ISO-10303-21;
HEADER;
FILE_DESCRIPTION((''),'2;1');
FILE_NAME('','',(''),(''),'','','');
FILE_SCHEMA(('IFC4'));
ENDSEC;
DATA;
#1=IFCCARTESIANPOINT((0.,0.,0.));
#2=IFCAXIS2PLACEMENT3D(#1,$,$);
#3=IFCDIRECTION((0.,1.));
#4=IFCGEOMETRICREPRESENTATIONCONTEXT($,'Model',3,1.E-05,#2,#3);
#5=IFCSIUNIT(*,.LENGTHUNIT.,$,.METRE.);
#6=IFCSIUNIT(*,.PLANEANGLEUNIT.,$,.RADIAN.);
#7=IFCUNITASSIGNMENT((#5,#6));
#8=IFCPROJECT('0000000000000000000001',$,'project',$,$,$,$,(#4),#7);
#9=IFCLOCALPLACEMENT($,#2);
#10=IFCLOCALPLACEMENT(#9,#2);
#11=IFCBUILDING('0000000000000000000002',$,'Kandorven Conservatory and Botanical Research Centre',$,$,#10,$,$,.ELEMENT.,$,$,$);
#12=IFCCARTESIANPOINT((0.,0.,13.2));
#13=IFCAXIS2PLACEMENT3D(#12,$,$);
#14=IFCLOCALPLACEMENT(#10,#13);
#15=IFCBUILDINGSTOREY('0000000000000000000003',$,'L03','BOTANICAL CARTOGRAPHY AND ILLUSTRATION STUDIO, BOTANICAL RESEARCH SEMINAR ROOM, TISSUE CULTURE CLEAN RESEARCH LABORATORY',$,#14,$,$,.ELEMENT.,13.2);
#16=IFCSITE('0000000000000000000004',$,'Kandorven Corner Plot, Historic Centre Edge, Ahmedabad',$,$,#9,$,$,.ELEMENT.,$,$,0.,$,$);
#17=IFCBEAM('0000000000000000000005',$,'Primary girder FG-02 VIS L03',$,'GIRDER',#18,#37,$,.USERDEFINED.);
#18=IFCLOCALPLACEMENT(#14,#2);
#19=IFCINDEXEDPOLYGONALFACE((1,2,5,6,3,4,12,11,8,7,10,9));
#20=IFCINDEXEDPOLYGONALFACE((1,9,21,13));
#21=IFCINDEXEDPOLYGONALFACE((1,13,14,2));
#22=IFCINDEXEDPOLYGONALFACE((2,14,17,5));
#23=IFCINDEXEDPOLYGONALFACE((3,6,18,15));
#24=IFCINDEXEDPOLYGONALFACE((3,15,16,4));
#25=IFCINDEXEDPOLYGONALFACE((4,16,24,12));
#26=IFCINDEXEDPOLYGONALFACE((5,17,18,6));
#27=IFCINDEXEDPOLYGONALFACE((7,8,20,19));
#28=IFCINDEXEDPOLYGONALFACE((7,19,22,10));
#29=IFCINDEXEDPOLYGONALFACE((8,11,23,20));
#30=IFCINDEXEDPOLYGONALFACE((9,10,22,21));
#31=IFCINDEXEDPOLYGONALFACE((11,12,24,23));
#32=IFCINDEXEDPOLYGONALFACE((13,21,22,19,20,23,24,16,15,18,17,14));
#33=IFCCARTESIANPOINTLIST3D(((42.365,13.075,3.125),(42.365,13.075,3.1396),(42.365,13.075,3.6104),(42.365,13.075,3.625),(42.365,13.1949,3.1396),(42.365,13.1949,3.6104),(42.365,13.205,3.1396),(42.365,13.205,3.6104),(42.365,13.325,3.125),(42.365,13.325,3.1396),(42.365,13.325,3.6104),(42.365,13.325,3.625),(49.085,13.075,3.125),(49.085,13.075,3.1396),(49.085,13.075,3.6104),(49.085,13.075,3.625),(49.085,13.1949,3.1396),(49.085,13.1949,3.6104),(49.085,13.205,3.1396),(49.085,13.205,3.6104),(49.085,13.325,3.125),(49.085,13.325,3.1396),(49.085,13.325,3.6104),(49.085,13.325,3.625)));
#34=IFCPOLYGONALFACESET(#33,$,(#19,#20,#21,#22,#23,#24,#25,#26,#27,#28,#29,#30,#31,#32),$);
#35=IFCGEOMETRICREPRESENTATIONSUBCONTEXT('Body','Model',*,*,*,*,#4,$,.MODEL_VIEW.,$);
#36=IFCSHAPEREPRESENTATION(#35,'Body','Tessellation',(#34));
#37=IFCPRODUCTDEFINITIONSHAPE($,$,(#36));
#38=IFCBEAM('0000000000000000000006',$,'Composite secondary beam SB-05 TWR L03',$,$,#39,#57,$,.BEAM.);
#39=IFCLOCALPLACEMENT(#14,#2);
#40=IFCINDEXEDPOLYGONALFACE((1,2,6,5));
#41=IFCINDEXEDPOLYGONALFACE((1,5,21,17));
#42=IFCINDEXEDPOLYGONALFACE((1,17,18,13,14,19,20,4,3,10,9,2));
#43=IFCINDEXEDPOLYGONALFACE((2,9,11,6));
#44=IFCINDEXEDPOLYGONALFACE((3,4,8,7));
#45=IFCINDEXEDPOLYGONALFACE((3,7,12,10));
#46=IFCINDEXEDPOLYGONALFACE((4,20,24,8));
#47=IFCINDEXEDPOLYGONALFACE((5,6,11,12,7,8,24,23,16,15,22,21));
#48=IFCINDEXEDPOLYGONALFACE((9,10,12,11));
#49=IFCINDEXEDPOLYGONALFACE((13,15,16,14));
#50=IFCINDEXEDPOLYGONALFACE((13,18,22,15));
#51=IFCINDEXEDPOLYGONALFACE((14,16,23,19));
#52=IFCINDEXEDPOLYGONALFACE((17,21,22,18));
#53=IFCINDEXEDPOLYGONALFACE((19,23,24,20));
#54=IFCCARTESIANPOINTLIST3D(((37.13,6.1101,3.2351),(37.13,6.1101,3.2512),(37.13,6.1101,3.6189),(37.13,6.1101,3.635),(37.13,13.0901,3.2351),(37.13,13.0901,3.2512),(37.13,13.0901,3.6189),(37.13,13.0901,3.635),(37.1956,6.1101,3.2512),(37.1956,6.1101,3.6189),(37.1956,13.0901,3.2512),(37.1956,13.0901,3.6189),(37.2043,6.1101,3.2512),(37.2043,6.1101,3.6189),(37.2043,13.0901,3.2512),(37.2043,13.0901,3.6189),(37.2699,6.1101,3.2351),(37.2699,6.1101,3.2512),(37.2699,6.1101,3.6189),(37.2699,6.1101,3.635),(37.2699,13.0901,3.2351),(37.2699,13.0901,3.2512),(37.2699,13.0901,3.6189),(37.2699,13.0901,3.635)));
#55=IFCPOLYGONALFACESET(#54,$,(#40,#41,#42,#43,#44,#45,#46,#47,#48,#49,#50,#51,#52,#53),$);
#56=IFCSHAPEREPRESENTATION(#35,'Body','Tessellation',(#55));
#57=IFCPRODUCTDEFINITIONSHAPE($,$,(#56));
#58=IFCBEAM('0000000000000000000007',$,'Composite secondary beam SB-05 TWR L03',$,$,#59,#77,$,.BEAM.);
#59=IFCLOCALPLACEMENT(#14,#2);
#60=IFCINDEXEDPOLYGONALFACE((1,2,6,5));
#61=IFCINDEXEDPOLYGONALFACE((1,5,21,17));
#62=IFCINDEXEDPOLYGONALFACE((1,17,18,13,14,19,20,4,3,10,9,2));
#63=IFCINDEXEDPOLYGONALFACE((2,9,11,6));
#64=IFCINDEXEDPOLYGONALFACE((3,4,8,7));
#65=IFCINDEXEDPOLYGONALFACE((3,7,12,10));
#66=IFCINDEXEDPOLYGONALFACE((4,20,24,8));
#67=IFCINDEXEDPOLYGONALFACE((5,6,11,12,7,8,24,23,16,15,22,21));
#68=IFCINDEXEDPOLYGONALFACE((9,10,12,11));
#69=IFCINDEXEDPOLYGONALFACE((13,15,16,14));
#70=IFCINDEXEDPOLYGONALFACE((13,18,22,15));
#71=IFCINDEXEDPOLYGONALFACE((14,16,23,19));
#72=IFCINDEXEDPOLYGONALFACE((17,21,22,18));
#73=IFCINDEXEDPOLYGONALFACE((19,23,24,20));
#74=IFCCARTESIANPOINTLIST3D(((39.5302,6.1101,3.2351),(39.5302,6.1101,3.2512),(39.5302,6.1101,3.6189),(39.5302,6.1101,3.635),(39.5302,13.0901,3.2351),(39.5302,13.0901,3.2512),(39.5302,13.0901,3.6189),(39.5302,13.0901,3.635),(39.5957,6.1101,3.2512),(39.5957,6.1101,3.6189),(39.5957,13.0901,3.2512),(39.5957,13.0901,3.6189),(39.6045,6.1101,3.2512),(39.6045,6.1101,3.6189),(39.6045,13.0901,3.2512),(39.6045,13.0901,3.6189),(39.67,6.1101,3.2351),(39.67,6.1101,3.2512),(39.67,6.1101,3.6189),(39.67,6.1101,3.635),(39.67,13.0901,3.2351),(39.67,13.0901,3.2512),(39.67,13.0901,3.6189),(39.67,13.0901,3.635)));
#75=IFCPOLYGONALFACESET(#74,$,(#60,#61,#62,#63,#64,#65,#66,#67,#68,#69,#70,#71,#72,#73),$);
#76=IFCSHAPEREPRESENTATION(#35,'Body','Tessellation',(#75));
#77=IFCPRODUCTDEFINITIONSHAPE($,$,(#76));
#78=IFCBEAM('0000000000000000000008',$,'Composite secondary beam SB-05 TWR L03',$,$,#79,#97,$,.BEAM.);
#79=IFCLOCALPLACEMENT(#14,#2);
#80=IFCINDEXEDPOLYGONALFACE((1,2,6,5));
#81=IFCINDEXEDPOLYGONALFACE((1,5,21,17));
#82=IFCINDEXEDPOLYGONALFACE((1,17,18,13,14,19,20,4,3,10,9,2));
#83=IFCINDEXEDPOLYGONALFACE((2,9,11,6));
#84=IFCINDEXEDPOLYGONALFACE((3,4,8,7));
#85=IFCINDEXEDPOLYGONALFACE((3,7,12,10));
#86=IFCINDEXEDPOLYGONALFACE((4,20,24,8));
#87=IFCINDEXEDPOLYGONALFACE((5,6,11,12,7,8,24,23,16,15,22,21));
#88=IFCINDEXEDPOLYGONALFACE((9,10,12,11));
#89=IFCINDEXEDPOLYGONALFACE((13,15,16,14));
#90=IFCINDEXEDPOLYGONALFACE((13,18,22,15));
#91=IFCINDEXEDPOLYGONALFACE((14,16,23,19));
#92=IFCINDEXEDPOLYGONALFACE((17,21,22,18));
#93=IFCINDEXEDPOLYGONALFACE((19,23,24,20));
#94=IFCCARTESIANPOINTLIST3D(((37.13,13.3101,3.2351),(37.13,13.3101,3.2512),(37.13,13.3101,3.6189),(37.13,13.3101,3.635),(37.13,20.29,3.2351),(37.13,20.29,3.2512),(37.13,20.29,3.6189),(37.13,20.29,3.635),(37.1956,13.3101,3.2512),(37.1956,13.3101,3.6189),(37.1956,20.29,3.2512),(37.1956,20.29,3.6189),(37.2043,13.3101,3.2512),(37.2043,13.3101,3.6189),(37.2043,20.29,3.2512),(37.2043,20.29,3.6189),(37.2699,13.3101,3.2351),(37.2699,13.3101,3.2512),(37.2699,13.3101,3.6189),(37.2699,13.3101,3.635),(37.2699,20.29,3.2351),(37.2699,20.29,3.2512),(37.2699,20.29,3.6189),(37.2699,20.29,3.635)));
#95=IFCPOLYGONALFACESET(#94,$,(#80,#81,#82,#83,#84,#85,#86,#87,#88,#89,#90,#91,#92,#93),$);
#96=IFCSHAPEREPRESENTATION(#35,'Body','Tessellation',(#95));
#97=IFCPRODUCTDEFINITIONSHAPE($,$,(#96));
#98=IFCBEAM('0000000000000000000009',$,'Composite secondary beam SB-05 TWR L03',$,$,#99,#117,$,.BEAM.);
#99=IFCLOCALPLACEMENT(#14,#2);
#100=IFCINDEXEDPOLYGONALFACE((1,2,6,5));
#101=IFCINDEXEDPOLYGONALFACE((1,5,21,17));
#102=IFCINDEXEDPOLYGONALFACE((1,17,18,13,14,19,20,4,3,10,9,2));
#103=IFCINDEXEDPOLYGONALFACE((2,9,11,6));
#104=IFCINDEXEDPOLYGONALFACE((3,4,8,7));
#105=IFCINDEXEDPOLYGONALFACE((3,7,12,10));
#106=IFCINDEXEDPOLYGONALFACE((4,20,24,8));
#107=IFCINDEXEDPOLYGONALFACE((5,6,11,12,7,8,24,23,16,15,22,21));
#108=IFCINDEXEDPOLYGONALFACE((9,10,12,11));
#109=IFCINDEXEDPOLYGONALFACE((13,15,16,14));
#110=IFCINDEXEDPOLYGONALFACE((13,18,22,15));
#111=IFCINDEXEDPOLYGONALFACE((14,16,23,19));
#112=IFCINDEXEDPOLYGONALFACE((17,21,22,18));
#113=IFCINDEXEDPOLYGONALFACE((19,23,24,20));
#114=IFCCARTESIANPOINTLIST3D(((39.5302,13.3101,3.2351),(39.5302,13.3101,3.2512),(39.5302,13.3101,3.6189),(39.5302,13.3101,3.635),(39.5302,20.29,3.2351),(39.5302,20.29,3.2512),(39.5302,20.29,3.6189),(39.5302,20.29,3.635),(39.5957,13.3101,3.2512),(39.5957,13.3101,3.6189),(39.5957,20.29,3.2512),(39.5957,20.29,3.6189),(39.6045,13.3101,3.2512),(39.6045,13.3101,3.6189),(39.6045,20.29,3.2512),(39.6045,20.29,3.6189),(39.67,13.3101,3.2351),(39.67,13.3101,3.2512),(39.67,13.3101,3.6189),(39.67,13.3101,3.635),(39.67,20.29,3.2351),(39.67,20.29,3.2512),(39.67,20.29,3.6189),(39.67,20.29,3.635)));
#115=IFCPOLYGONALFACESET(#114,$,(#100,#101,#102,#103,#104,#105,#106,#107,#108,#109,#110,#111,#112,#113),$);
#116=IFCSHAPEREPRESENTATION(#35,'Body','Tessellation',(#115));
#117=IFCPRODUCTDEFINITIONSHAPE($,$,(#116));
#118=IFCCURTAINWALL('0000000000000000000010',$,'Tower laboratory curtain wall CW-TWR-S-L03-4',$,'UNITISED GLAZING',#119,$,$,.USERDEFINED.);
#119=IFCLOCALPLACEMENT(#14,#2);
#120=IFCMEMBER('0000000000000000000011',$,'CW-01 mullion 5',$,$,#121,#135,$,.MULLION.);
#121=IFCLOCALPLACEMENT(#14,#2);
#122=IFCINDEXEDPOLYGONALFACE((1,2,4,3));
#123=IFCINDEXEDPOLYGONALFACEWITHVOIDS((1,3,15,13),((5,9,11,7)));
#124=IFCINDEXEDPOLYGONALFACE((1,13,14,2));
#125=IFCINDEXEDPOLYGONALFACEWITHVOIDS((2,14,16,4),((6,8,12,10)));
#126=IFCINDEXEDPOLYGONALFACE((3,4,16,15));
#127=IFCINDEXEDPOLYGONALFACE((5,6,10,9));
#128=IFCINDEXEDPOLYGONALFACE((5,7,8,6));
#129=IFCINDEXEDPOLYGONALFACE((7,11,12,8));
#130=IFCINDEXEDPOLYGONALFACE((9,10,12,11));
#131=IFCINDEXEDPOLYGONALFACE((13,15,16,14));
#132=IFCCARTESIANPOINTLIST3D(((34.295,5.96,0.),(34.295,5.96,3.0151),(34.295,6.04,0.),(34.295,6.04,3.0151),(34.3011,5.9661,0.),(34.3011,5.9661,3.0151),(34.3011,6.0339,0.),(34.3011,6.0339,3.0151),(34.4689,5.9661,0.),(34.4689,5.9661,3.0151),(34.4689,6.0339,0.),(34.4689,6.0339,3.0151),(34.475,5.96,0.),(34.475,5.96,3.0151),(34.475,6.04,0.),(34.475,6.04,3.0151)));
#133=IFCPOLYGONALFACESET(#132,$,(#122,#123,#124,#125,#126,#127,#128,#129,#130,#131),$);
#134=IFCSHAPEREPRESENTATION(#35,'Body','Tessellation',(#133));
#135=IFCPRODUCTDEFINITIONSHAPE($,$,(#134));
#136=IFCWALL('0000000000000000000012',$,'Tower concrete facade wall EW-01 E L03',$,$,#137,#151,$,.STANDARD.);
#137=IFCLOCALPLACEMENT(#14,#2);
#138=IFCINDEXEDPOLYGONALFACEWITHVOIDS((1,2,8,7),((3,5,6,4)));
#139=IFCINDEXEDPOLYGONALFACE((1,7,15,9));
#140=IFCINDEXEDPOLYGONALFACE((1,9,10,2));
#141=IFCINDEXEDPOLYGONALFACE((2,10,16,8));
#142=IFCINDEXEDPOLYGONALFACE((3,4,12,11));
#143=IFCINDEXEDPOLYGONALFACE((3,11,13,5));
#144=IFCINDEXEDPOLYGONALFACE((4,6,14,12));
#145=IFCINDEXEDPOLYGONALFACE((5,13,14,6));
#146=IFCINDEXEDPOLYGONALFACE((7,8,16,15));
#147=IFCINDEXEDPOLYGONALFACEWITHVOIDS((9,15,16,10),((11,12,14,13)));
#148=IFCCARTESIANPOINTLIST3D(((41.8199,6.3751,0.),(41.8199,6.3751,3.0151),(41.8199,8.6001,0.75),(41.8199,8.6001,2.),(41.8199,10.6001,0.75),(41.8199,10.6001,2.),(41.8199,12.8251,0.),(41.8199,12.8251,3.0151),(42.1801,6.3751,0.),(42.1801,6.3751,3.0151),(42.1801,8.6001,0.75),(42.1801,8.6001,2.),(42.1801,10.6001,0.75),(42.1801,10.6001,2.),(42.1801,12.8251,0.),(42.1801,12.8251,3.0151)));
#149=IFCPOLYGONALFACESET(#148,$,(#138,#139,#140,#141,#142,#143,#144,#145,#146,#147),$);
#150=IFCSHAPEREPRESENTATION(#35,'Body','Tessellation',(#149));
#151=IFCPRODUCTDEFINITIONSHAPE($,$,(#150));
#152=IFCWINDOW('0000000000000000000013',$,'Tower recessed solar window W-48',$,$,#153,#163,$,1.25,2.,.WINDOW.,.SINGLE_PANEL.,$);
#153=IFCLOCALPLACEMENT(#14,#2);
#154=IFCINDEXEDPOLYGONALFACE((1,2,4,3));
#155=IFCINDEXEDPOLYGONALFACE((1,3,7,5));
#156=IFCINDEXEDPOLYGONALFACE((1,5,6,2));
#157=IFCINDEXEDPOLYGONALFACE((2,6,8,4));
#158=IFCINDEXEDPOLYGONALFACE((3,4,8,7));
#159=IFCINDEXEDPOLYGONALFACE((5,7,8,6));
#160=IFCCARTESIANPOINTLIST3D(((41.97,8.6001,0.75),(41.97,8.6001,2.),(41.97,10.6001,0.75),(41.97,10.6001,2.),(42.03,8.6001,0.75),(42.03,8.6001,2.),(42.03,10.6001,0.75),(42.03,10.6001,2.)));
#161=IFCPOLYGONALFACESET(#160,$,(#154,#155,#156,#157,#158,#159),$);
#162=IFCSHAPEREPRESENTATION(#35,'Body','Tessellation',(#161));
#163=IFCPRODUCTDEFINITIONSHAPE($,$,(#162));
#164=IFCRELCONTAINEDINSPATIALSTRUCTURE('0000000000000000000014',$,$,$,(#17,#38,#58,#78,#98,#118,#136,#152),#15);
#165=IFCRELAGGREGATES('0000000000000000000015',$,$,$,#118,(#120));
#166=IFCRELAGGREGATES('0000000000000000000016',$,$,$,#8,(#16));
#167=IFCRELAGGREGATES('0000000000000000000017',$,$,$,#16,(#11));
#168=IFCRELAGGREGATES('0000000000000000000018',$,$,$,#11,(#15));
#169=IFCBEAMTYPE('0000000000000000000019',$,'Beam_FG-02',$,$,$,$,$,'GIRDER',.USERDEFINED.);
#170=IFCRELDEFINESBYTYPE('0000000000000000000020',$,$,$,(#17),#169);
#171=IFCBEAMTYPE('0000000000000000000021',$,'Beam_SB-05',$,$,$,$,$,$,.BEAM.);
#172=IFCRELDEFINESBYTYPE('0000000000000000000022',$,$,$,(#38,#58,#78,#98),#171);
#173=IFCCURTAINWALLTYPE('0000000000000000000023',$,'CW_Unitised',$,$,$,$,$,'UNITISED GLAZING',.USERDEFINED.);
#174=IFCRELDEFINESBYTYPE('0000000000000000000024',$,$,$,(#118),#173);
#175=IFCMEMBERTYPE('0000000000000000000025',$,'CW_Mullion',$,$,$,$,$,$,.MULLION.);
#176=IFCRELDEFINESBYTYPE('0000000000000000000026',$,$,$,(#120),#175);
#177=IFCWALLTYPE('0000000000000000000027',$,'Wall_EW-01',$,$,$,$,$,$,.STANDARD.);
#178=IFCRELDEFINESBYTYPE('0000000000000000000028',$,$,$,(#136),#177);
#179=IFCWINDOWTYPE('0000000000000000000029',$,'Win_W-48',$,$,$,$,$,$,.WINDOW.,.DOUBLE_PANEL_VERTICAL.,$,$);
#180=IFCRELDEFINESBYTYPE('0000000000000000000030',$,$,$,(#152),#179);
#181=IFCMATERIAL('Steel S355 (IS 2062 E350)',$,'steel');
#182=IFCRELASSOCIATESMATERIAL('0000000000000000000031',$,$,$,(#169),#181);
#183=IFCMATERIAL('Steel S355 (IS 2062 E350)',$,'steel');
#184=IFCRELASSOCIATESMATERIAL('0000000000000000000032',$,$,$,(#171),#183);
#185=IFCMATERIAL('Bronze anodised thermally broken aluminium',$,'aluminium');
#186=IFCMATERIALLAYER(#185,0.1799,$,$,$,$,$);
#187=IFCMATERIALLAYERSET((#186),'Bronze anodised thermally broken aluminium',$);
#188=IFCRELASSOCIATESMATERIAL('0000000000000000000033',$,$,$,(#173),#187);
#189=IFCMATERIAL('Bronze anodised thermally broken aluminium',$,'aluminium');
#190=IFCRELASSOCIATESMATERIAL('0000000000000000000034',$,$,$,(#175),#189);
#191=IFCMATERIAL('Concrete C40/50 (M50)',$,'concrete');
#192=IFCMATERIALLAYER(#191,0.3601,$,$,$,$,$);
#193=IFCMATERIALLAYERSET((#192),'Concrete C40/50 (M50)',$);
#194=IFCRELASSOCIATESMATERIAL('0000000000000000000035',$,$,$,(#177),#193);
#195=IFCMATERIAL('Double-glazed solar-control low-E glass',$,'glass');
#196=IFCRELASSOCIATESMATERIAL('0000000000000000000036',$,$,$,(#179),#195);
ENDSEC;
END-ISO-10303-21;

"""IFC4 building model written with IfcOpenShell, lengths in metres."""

from ifc_helpers import new_model, si_unit, direction, frame, frame_2d, origin, origin_2d, place, context, subcontext, project, spatial, rectangle, hollow_rectangle, i_section, extrude, material, layer, layer_set, material_profile, profile_set, type_object, element, fill, aggregate, save


model = new_model("IFC4")

# Units and contexts
model_context = context("Model", 3, precision=1e-05, world=origin(), true_north=direction((0.0, 1.0)))
body_context = subcontext(model_context, "Body", "Model", "MODEL_VIEW")
ifc_project = project(units=[si_unit("LENGTHUNIT", "METRE"), si_unit("PLANEANGLEUNIT", "RADIAN")], contexts=[model_context])

# Site, building, storey
site_placement = place(None, origin())
site = spatial("IfcSite", under=ifc_project, at=site_placement, Name="Kandorven Corner Plot, Historic Centre Edge, Ahmedabad", CompositionType="ELEMENT", RefElevation=0.0)
building_placement = place(site_placement, origin())
building = spatial("IfcBuilding", under=site, at=building_placement, Name="Kandorven Conservatory and Botanical Research Centre", CompositionType="ELEMENT")
storey_placement = place(building_placement, frame((0.0, 0.0, 13.2)))
storey = spatial("IfcBuildingStorey", under=building, at=storey_placement, Name="L03", Description="BOTANICAL CARTOGRAPHY AND ILLUSTRATION STUDIO, BOTANICAL RESEARCH SEMINAR ROOM, TISSUE CULTURE CLEAN RESEARCH LABORATORY", CompositionType="ELEMENT", Elevation=13.2)

# Beams
ifc_material_1 = material(Name="Steel S355 (IS 2062 E350)", Category="steel")
ifc_material_profile_1 = material_profile(ifc_material_1, i_section(OverallWidth=0.25, OverallDepth=0.5, WebThickness=0.01, FlangeThickness=0.0146, at=origin_2d()))
ifc_profile_set_1 = profile_set([ifc_material_profile_1], Name="Steel S355 (IS 2062 E350)")
beam_type_1 = type_object("IfcBeamType", Name="Beam_FG-02", ElementType="GIRDER", PredefinedType="USERDEFINED", material=ifc_profile_set_1)
beam_1_placement = place(storey_placement, frame((42.365, 13.2, 3.375), z_axis=(1.0, 0.0, 0.0), x_axis=(0.0, 1.0, 0.0)))
element("IfcBeam", 1, at=beam_1_placement, inside=storey, type_object=beam_type_1, Name="Primary girder FG-02 VIS L03", ObjectType="GIRDER", PredefinedType="USERDEFINED", context=body_context, shape_type="SweptSolid", body=[
    extrude(i_section(OverallWidth=0.25, OverallDepth=0.5, WebThickness=0.01, FlangeThickness=0.0146, at=origin_2d()), origin(), (0.0, 0.0, 1.0), 6.72),
])
ifc_material_2 = material(Name="Steel S355 (IS 2062 E350)", Category="steel")
ifc_material_profile_2 = material_profile(ifc_material_2, i_section(OverallWidth=0.1399, OverallDepth=0.3999, WebThickness=0.0088, FlangeThickness=0.0161, at=origin_2d()))
ifc_profile_set_2 = profile_set([ifc_material_profile_2], Name="Steel S355 (IS 2062 E350)")
beam_type_2 = type_object("IfcBeamType", Name="Beam_SB-05", PredefinedType="BEAM", material=ifc_profile_set_2)
for number, where, z_axis, x_axis, name in (
    (2, (37.2, 6.1101, 3.4351), (0.0, 1.0, 0.0), (-1.0, 0.0, 0.0), "Composite secondary beam SB-05 TWR L03"),
    (3, (39.6001, 6.1101, 3.4351), (0.0, 1.0, 0.0), (-1.0, 0.0, 0.0), "Composite secondary beam SB-05 TWR L03"),
    (4, (37.2, 13.3101, 3.4351), (0.0, 1.0, 0.0), (-1.0, 0.0, 0.0), "Composite secondary beam SB-05 TWR L03"),
    (5, (39.6001, 13.3101, 3.4351), (0.0, 1.0, 0.0), (-1.0, 0.0, 0.0), "Composite secondary beam SB-05 TWR L03"),
):
    element("IfcBeam", number, at=place(storey_placement, frame(where, z_axis=z_axis, x_axis=x_axis)), inside=storey, type_object=beam_type_2, Name=name, PredefinedType="BEAM", context=body_context, shape_type="SweptSolid", body=[
        extrude(i_section(OverallWidth=0.1399, OverallDepth=0.3999, WebThickness=0.0088, FlangeThickness=0.0161, at=origin_2d()), origin(), (0.0, 0.0, 1.0), 6.98),
    ])

# Curtain wall, member
ifc_material_3 = material(Name="Bronze anodised thermally broken aluminium", Category="aluminium")
ifc_layer_1 = layer(ifc_material_3, 0.1799)
ifc_layer_set_1 = layer_set([ifc_layer_1], Name="Bronze anodised thermally broken aluminium")
curtain_wall_type = type_object("IfcCurtainWallType", Name="CW_Unitised", ElementType="UNITISED GLAZING", PredefinedType="USERDEFINED", material=ifc_layer_set_1)
curtain_wall_placement = place(storey_placement, origin())
curtain_wall = element("IfcCurtainWall", 6, at=curtain_wall_placement, inside=storey, type_object=curtain_wall_type, Name="Tower laboratory curtain wall CW-TWR-S-L03-4", ObjectType="UNITISED GLAZING", PredefinedType="USERDEFINED")
ifc_material_4 = material(Name="Bronze anodised thermally broken aluminium", Category="aluminium")
ifc_material_profile_3 = material_profile(ifc_material_4, hollow_rectangle(XDim=0.0801, YDim=0.1799, WallThickness=0.0061, at=origin_2d()))
ifc_profile_set_3 = profile_set([ifc_material_profile_3], Name="Bronze anodised thermally broken aluminium")
member_type = type_object("IfcMemberType", Name="CW_Mullion", PredefinedType="MULLION", material=ifc_profile_set_3)
member_placement = place(storey_placement, frame((34.385, 6.0, 0.0), z_axis=(0.0, 0.0, 1.0), x_axis=(0.0, 1.0, 0.0)))
member = element("IfcMember", 7, at=member_placement, type_object=member_type, Name="CW-01 mullion 5", PredefinedType="MULLION", context=body_context, shape_type="SweptSolid", body=[
    extrude(hollow_rectangle(XDim=0.0801, YDim=0.1799, WallThickness=0.0061, at=origin_2d()), origin(), (0.0, 0.0, 1.0), 3.0151),
])
aggregate(curtain_wall, [member])

# Wall, opening, window
ifc_material_5 = material(Name="Concrete C40/50 (M50)", Category="concrete")
ifc_layer_2 = layer(ifc_material_5, 0.3601)
ifc_layer_set_2 = layer_set([ifc_layer_2], Name="Concrete C40/50 (M50)")
wall_type_1 = type_object("IfcWallType", Name="Wall_EW-01", PredefinedType="STANDARD", material=ifc_layer_set_2)
wall_1_placement = place(storey_placement, frame((42.0, 6.375, 0.0), z_axis=(0.0, 0.0, 1.0), x_axis=(0.0, 1.0, 0.0)))
wall_1 = element("IfcWall", 8, at=wall_1_placement, inside=storey, type_object=wall_type_1, Name="Tower concrete facade wall EW-01 E L03", PredefinedType="STANDARD", context=body_context, shape_type="SweptSolid", body=[
    extrude(rectangle(XDim=6.45, YDim=0.3601, at=frame_2d((3.2251, 0.0))), origin(), (0.0, 0.0, 1.0), 3.0151),
])
opening_1_placement = place(wall_1_placement, frame((2.2251, 0.0, 0.75)))
opening_1 = element("IfcOpeningElement", 9, at=opening_1_placement, cuts=wall_1, PredefinedType="OPENING", context=body_context, shape_type="SweptSolid", body=[
    extrude(rectangle(XDim=2.0, YDim=1.25, at=frame_2d((1.0, 0.625))), frame((0.0, 0.1899, 0.0), z_axis=(0.0, -1.0, 0.0), x_axis=(1.0, 0.0, 0.0)), (0.0, 0.0, 1.0), 0.3801),
])
ifc_material_6 = material(Name="Double-glazed solar-control low-E glass", Category="glass")
window_type_1 = type_object("IfcWindowType", Name="Win_W-48", PartitioningType="DOUBLE_PANEL_VERTICAL", PredefinedType="WINDOW", material=ifc_material_6)
window_1_placement = place(opening_1_placement, origin())
window_1 = element("IfcWindow", 10, at=window_1_placement, inside=storey, type_object=window_type_1, Name="Tower recessed solar window W-48", OverallHeight=1.25, OverallWidth=2.0, PartitioningType="SINGLE_PANEL", PredefinedType="WINDOW", context=body_context, shape_type="SweptSolid", body=[
    extrude(rectangle(XDim=2.0, YDim=1.25, at=frame_2d((1.0, 0.625))), frame((0.0, 0.03, 0.0), z_axis=(0.0, -1.0, 0.0), x_axis=(1.0, 0.0, 0.0)), (0.0, 0.0, 1.0), 0.0601),
])
fill(opening_1, window_1)

save(model, "model.ifc")
